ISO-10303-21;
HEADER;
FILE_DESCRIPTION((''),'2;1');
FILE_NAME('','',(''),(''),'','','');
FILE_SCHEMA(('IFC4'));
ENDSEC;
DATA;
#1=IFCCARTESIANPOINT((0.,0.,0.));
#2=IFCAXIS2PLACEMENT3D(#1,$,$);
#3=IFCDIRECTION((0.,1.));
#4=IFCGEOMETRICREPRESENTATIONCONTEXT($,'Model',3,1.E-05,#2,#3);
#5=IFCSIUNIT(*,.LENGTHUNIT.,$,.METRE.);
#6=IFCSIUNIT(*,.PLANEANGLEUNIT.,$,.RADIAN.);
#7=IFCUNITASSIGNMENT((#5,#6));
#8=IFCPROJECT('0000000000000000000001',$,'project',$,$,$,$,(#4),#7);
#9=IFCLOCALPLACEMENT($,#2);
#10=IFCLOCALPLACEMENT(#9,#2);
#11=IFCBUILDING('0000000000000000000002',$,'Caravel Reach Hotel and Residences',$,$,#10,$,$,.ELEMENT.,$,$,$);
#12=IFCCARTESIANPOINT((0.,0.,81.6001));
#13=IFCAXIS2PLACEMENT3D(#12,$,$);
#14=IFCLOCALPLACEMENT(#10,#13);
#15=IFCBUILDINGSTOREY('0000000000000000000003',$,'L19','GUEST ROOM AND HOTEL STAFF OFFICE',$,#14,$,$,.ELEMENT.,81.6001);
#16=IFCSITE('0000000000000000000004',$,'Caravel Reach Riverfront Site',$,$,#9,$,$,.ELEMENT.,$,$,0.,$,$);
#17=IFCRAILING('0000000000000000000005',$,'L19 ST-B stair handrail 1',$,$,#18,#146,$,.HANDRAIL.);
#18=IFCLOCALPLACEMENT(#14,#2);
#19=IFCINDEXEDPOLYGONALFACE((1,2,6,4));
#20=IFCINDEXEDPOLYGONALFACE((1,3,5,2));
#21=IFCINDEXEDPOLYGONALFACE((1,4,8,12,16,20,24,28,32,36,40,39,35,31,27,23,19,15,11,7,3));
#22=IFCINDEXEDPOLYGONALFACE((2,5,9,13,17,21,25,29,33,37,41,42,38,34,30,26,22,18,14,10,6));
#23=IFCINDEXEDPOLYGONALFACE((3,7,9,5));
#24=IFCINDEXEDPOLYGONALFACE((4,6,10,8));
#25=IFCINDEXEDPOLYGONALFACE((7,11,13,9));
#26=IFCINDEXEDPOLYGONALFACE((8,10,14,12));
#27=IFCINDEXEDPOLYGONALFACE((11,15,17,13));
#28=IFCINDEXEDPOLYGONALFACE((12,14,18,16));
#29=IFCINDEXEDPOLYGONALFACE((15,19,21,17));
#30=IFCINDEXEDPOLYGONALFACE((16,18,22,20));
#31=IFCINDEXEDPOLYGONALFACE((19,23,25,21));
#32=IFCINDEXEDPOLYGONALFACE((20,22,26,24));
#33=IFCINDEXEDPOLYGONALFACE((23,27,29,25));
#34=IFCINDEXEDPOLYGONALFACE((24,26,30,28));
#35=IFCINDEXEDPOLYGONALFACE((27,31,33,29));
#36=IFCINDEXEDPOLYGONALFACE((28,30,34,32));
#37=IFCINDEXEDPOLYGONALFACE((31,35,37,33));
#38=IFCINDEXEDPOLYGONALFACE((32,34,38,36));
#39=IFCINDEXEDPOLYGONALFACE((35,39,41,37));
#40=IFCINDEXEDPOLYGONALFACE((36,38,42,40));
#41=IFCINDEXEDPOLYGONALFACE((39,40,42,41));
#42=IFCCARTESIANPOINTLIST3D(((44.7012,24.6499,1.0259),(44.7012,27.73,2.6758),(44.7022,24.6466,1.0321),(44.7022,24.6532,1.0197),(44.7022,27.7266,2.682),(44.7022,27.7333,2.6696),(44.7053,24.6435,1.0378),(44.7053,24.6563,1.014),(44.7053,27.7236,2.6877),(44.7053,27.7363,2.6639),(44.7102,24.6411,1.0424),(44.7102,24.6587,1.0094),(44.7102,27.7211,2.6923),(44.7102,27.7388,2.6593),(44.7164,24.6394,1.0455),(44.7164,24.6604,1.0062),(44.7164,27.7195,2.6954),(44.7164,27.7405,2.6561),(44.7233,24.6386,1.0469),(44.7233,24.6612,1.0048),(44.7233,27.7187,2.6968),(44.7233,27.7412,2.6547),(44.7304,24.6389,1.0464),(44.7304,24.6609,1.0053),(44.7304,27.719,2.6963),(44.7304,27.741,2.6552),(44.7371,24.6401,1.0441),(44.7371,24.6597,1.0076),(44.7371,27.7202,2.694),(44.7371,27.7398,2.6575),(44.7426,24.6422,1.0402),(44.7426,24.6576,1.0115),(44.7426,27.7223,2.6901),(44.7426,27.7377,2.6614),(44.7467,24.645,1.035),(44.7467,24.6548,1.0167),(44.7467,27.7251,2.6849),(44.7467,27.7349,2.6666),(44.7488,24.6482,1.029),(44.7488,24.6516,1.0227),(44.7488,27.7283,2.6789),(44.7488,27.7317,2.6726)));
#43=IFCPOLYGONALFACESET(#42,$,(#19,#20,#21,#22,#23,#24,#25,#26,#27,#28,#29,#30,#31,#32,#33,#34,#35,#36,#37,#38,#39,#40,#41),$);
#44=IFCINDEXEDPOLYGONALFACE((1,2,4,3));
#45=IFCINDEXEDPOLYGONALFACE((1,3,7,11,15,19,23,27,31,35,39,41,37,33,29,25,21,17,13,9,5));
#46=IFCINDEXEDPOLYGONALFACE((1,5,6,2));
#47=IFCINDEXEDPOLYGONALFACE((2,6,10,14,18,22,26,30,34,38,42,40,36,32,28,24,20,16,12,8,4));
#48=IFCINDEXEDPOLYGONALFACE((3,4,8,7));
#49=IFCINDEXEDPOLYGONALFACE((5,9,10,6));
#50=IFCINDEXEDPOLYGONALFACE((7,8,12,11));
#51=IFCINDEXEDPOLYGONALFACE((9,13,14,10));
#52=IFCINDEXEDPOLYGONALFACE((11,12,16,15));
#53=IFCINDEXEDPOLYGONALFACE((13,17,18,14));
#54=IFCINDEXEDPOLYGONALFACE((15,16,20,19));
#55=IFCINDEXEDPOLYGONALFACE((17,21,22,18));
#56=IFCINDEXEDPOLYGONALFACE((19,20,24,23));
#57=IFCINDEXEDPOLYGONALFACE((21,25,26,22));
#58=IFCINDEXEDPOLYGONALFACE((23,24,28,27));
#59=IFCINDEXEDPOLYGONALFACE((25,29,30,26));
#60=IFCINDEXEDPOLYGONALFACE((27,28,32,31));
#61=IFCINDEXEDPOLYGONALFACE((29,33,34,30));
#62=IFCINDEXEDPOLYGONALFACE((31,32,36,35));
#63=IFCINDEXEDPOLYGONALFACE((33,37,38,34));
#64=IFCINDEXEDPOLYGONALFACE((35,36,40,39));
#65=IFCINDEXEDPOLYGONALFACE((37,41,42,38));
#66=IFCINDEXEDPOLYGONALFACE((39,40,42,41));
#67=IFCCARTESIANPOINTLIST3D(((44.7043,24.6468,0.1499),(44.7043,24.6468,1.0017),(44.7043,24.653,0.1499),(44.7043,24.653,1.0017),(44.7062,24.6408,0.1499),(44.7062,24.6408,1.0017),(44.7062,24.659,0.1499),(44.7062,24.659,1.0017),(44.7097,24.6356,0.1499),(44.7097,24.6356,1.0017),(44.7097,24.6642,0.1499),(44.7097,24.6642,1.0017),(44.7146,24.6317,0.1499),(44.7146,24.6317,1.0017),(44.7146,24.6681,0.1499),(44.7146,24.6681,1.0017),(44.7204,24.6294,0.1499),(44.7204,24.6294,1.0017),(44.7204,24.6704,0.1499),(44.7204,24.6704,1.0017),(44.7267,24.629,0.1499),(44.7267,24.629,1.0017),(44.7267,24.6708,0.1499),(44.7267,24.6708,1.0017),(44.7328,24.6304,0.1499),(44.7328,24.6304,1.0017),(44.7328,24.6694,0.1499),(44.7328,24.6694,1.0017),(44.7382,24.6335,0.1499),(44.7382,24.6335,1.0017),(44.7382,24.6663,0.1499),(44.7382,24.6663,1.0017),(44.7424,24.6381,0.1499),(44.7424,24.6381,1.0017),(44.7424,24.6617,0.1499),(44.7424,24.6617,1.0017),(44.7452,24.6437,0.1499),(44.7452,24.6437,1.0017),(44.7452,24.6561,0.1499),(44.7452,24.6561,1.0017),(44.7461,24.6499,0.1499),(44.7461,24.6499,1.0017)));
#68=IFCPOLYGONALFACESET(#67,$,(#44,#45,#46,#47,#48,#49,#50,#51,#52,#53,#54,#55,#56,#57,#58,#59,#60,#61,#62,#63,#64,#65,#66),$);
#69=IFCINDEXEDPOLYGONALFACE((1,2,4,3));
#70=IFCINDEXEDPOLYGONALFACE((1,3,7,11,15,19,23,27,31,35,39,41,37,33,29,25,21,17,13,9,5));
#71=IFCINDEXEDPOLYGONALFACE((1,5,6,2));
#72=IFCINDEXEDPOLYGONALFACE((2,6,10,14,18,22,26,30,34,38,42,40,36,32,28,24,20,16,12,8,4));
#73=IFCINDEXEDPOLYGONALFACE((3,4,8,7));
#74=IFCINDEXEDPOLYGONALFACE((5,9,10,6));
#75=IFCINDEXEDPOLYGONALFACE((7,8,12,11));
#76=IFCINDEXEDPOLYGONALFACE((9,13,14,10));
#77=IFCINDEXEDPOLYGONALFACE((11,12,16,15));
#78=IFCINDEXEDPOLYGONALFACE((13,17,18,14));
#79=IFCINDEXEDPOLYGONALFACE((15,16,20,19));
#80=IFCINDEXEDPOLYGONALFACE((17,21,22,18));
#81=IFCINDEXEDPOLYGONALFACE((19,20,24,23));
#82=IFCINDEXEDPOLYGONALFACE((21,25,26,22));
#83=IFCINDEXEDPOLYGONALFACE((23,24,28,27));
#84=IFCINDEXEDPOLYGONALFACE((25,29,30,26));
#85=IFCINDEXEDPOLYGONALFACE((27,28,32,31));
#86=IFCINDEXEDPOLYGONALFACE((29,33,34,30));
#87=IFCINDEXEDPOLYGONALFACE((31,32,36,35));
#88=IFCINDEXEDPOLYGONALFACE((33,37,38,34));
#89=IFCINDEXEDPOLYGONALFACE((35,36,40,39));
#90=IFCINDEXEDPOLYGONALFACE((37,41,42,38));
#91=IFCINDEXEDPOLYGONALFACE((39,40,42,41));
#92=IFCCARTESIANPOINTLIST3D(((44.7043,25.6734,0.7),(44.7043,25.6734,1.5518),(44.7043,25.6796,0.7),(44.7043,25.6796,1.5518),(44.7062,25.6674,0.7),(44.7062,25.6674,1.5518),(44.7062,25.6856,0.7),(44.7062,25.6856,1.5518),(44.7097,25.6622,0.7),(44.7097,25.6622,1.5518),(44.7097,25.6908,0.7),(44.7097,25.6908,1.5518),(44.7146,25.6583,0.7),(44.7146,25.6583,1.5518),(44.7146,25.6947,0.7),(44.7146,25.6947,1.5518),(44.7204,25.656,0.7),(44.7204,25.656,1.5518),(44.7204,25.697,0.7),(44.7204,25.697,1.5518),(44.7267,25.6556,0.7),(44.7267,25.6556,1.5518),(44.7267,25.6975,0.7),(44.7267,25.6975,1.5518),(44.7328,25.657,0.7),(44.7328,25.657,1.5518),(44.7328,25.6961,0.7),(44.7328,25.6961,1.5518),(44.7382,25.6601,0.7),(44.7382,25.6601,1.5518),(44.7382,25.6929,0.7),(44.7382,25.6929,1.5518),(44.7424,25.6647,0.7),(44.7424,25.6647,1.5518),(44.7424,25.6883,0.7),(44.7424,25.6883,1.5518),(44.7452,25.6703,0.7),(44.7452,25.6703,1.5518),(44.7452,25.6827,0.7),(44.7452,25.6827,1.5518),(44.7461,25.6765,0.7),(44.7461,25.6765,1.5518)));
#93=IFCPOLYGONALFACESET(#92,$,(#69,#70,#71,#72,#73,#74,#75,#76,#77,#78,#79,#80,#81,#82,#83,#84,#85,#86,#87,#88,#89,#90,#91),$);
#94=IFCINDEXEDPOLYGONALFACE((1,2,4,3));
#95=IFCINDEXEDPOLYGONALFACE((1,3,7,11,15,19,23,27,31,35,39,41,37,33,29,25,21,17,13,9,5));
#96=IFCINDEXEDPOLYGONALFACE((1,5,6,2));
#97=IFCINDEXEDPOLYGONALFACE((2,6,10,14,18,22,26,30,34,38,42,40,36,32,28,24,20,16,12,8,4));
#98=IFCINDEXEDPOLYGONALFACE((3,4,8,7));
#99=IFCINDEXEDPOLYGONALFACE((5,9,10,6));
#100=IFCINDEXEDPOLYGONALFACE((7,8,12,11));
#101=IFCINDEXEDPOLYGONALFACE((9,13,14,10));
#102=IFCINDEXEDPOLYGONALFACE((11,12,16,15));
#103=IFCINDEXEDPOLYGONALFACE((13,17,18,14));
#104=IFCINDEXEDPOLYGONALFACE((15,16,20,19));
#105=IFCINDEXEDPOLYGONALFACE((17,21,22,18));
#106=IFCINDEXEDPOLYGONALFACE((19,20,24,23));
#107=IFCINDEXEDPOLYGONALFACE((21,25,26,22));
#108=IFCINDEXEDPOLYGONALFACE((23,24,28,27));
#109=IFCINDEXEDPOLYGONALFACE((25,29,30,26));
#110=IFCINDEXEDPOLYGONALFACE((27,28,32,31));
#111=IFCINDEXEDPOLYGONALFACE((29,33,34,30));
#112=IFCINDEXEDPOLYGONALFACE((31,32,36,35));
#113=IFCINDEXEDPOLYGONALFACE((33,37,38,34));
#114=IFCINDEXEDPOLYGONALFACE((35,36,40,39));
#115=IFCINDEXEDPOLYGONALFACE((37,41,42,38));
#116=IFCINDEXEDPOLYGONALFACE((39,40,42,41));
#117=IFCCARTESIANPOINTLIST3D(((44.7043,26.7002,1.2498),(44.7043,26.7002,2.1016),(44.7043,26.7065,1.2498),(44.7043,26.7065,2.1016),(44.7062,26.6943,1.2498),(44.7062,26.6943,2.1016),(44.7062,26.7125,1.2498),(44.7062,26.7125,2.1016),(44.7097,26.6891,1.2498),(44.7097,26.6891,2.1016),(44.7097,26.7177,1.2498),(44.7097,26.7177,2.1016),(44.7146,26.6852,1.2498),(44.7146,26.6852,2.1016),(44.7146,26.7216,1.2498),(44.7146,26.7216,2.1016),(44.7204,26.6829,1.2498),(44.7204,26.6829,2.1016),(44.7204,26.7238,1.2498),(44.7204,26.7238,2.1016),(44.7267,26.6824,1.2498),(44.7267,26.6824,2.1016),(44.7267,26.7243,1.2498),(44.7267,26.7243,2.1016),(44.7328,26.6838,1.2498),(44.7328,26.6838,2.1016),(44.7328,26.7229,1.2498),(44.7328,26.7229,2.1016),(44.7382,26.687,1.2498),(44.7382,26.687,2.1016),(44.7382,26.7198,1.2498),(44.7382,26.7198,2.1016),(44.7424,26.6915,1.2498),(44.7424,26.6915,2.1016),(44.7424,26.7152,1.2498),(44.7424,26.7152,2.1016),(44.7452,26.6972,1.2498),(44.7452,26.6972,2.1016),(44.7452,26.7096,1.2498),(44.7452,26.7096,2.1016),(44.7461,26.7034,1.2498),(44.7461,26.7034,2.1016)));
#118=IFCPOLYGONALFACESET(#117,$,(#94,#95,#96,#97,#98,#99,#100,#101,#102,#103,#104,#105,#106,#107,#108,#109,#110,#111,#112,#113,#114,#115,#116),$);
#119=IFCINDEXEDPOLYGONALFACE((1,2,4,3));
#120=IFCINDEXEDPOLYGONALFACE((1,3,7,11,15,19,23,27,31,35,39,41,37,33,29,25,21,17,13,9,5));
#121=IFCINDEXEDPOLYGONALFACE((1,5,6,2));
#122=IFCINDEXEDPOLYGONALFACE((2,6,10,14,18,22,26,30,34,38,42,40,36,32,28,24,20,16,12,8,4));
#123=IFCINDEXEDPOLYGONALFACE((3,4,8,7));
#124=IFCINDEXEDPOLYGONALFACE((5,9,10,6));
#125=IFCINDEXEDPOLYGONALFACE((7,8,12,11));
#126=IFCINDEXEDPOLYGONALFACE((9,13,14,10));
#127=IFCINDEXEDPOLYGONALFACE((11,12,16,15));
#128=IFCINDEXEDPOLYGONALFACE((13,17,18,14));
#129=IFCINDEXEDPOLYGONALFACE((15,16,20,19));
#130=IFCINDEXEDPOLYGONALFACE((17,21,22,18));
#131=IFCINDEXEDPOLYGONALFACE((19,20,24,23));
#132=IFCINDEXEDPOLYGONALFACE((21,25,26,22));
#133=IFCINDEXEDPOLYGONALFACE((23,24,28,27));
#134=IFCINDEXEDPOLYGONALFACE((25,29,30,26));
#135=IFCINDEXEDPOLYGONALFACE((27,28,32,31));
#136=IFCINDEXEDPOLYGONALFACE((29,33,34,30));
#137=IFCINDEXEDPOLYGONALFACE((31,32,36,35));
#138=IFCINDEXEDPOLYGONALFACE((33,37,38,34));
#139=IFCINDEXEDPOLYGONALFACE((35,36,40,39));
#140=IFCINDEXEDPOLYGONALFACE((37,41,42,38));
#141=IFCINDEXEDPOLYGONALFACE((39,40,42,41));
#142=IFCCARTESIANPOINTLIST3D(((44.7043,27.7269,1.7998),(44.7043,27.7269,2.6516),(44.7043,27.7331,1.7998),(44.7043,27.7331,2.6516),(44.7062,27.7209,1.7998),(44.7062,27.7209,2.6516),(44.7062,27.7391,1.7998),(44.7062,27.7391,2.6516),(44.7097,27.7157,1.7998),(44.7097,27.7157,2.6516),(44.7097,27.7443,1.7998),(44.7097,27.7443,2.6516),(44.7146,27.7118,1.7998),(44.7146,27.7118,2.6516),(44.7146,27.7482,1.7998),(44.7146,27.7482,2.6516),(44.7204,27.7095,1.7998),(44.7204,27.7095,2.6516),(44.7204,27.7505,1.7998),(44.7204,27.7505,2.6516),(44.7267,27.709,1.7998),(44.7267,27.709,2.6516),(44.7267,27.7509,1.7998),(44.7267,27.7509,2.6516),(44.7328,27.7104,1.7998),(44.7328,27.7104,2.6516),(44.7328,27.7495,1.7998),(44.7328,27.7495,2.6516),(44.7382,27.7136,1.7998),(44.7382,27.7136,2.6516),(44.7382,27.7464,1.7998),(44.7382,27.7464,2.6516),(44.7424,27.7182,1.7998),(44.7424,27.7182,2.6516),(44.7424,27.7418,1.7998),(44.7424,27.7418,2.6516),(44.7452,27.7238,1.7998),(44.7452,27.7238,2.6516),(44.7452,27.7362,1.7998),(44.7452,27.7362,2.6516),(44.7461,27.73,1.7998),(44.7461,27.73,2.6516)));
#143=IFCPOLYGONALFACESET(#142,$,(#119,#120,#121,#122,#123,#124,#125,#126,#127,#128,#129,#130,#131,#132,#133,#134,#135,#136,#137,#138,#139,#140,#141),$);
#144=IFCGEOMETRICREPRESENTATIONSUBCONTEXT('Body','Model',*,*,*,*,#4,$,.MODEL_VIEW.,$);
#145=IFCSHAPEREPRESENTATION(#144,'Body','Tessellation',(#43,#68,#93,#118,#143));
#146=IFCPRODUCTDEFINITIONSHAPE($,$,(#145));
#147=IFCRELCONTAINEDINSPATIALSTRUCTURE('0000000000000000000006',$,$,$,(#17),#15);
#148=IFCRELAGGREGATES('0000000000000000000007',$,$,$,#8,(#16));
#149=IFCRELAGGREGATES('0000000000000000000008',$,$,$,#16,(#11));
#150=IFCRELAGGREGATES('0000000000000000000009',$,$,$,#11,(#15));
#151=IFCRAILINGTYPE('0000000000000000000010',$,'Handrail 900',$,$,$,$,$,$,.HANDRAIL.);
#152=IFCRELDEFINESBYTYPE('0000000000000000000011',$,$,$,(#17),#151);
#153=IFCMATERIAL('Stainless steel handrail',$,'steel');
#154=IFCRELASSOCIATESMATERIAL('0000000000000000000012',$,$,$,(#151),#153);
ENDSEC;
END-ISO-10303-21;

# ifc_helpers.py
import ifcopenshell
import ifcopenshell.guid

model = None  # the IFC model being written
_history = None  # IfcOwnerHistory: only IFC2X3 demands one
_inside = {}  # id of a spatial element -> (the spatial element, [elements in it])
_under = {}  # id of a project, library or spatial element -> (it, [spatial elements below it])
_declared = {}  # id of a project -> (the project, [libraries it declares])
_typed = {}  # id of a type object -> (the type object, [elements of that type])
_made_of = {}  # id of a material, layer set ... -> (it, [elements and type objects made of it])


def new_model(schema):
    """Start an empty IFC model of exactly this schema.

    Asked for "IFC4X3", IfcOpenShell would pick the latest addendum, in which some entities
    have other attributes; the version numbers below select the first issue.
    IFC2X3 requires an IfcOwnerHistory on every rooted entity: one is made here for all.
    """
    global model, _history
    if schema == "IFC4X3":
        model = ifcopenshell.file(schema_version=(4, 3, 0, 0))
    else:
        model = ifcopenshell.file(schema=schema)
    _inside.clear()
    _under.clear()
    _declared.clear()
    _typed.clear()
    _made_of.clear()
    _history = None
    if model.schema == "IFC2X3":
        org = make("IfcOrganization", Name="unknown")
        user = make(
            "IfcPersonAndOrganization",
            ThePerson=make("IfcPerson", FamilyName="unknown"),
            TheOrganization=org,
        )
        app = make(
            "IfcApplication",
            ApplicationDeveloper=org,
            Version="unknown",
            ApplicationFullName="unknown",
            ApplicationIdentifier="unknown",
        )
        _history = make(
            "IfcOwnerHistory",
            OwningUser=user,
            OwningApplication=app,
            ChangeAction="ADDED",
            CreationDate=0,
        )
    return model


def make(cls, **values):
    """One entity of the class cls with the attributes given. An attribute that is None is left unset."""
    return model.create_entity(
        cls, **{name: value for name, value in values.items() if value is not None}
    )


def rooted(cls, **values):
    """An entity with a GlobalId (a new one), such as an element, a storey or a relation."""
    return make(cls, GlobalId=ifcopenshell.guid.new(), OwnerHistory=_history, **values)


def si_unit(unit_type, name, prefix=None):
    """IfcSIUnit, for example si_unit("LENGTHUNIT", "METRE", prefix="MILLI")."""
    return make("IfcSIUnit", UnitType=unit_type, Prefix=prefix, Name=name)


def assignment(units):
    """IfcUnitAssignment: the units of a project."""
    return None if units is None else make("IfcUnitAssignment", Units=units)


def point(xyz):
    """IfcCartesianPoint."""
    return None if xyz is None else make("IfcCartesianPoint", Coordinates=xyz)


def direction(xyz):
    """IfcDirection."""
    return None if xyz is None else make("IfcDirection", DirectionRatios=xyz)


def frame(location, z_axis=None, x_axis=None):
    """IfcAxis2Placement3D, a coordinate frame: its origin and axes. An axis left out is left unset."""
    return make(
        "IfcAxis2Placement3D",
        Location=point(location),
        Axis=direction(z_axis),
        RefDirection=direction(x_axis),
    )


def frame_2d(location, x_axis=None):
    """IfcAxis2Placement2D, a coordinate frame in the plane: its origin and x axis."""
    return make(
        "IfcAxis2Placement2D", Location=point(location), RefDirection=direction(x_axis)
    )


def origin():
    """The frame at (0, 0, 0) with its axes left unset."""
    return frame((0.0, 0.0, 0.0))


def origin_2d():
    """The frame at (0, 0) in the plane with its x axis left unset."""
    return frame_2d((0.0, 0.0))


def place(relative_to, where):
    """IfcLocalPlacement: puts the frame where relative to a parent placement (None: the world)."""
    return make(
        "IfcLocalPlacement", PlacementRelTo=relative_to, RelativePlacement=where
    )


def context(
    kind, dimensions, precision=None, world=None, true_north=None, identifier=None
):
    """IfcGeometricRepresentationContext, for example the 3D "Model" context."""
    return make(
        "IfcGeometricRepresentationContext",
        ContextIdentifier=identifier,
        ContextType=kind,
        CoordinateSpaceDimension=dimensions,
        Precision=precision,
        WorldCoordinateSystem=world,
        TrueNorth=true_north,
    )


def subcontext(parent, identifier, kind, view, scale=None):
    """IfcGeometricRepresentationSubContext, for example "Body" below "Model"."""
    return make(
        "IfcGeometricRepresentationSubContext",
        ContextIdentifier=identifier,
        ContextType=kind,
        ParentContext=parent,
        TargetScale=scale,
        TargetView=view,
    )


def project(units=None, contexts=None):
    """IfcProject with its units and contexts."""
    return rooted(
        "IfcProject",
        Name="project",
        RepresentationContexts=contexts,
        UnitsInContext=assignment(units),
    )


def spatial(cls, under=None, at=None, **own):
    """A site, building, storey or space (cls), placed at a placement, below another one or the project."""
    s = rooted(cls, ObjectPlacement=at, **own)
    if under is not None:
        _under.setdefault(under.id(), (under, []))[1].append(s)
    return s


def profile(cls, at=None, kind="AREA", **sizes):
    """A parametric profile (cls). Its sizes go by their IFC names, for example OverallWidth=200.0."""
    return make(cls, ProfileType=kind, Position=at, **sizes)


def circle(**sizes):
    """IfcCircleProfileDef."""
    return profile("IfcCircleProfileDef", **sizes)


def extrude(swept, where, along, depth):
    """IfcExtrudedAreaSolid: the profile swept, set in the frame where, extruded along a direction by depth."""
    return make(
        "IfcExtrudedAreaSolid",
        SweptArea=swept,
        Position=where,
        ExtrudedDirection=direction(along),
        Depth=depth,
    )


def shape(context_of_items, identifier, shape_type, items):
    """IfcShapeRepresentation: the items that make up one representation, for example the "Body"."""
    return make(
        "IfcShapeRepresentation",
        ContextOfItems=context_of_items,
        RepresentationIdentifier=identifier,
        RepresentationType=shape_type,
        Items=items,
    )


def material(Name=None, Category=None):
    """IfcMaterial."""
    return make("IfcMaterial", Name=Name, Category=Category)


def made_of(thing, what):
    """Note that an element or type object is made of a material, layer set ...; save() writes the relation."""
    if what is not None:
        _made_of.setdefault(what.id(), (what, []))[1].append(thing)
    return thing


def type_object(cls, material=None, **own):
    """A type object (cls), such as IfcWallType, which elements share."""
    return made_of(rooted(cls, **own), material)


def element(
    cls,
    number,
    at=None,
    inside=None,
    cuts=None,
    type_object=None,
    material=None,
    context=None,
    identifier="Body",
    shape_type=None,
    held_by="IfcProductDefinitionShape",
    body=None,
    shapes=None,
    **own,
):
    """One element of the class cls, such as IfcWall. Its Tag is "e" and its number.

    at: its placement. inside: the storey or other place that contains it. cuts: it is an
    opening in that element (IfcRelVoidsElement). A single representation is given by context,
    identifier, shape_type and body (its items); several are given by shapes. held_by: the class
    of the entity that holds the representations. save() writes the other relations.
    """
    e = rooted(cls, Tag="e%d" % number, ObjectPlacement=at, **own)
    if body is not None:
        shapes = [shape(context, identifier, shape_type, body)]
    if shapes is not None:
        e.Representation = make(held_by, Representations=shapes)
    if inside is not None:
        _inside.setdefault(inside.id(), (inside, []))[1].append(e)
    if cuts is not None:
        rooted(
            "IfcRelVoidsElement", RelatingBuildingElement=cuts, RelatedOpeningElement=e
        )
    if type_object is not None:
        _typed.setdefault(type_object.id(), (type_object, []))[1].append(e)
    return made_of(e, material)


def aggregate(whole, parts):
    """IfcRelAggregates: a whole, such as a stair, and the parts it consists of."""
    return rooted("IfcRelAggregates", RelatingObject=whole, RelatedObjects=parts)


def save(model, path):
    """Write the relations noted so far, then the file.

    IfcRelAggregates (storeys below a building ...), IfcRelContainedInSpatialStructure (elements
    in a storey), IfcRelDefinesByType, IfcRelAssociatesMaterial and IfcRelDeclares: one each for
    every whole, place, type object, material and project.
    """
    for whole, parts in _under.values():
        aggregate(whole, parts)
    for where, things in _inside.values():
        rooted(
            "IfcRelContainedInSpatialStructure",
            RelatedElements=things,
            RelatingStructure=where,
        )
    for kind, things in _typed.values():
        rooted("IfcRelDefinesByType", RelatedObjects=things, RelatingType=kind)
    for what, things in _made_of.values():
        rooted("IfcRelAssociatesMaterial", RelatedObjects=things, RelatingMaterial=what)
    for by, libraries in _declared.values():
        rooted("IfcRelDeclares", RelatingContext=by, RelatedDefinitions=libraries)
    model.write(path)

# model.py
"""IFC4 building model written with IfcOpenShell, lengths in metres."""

from ifc_helpers import new_model, si_unit, direction, frame, origin, origin_2d, place, context, subcontext, project, spatial, circle, extrude, material, type_object, element, save


model = new_model("IFC4")

# Units and contexts
model_context = context("Model", 3, precision=1e-05, world=origin(), true_north=direction((0.0, 1.0)))
body_context = subcontext(model_context, "Body", "Model", "MODEL_VIEW")
ifc_project = project(units=[si_unit("LENGTHUNIT", "METRE"), si_unit("PLANEANGLEUNIT", "RADIAN")], contexts=[model_context])

# Site, building, storey
site_placement = place(None, origin())
site = spatial("IfcSite", under=ifc_project, at=site_placement, Name="Caravel Reach Riverfront Site", CompositionType="ELEMENT", RefElevation=0.0)
building_placement = place(site_placement, origin())
building = spatial("IfcBuilding", under=site, at=building_placement, Name="Caravel Reach Hotel and Residences", CompositionType="ELEMENT")
storey_placement = place(building_placement, frame((0.0, 0.0, 81.6001)))
storey = spatial("IfcBuildingStorey", under=building, at=storey_placement, Name="L19", Description="GUEST ROOM AND HOTEL STAFF OFFICE", CompositionType="ELEMENT", Elevation=81.6001)

# Railing
ifc_material_1 = material(Name="Stainless steel handrail", Category="steel")
railing_type_1 = type_object("IfcRailingType", Name="Handrail 900", PredefinedType="HANDRAIL", material=ifc_material_1)
railing_1_placement = place(storey_placement, frame((44.7251, 24.6499, 0.1499)))
element("IfcRailing", 1, at=railing_1_placement, inside=storey, type_object=railing_type_1, Name="L19 ST-B stair handrail 1", PredefinedType="HANDRAIL", context=body_context, shape_type="SweptSolid", body=[
    extrude(circle(Radius=0.0239, at=origin_2d()), frame((0.0, 0.0, 0.876), z_axis=(0.0, 0.881497, 0.47219), x_axis=(-1.0, 0.0, 0.0)), (0.0, 0.0, 1.0), 3.4941),
    extrude(circle(Radius=0.021, at=origin_2d()), origin(), (0.0, 0.0, 1.0), 0.8518),
    extrude(circle(Radius=0.021, at=origin_2d()), frame((0.0, 1.0266, 0.55)), (0.0, 0.0, 1.0), 0.8518),
    extrude(circle(Radius=0.021, at=origin_2d()), frame((0.0, 2.0535, 1.0999)), (0.0, 0.0, 1.0), 0.8518),
    extrude(circle(Radius=0.021, at=origin_2d()), frame((0.0, 3.0801, 1.6499)), (0.0, 0.0, 1.0), 0.8518),
])

save(model, "model.ifc")
